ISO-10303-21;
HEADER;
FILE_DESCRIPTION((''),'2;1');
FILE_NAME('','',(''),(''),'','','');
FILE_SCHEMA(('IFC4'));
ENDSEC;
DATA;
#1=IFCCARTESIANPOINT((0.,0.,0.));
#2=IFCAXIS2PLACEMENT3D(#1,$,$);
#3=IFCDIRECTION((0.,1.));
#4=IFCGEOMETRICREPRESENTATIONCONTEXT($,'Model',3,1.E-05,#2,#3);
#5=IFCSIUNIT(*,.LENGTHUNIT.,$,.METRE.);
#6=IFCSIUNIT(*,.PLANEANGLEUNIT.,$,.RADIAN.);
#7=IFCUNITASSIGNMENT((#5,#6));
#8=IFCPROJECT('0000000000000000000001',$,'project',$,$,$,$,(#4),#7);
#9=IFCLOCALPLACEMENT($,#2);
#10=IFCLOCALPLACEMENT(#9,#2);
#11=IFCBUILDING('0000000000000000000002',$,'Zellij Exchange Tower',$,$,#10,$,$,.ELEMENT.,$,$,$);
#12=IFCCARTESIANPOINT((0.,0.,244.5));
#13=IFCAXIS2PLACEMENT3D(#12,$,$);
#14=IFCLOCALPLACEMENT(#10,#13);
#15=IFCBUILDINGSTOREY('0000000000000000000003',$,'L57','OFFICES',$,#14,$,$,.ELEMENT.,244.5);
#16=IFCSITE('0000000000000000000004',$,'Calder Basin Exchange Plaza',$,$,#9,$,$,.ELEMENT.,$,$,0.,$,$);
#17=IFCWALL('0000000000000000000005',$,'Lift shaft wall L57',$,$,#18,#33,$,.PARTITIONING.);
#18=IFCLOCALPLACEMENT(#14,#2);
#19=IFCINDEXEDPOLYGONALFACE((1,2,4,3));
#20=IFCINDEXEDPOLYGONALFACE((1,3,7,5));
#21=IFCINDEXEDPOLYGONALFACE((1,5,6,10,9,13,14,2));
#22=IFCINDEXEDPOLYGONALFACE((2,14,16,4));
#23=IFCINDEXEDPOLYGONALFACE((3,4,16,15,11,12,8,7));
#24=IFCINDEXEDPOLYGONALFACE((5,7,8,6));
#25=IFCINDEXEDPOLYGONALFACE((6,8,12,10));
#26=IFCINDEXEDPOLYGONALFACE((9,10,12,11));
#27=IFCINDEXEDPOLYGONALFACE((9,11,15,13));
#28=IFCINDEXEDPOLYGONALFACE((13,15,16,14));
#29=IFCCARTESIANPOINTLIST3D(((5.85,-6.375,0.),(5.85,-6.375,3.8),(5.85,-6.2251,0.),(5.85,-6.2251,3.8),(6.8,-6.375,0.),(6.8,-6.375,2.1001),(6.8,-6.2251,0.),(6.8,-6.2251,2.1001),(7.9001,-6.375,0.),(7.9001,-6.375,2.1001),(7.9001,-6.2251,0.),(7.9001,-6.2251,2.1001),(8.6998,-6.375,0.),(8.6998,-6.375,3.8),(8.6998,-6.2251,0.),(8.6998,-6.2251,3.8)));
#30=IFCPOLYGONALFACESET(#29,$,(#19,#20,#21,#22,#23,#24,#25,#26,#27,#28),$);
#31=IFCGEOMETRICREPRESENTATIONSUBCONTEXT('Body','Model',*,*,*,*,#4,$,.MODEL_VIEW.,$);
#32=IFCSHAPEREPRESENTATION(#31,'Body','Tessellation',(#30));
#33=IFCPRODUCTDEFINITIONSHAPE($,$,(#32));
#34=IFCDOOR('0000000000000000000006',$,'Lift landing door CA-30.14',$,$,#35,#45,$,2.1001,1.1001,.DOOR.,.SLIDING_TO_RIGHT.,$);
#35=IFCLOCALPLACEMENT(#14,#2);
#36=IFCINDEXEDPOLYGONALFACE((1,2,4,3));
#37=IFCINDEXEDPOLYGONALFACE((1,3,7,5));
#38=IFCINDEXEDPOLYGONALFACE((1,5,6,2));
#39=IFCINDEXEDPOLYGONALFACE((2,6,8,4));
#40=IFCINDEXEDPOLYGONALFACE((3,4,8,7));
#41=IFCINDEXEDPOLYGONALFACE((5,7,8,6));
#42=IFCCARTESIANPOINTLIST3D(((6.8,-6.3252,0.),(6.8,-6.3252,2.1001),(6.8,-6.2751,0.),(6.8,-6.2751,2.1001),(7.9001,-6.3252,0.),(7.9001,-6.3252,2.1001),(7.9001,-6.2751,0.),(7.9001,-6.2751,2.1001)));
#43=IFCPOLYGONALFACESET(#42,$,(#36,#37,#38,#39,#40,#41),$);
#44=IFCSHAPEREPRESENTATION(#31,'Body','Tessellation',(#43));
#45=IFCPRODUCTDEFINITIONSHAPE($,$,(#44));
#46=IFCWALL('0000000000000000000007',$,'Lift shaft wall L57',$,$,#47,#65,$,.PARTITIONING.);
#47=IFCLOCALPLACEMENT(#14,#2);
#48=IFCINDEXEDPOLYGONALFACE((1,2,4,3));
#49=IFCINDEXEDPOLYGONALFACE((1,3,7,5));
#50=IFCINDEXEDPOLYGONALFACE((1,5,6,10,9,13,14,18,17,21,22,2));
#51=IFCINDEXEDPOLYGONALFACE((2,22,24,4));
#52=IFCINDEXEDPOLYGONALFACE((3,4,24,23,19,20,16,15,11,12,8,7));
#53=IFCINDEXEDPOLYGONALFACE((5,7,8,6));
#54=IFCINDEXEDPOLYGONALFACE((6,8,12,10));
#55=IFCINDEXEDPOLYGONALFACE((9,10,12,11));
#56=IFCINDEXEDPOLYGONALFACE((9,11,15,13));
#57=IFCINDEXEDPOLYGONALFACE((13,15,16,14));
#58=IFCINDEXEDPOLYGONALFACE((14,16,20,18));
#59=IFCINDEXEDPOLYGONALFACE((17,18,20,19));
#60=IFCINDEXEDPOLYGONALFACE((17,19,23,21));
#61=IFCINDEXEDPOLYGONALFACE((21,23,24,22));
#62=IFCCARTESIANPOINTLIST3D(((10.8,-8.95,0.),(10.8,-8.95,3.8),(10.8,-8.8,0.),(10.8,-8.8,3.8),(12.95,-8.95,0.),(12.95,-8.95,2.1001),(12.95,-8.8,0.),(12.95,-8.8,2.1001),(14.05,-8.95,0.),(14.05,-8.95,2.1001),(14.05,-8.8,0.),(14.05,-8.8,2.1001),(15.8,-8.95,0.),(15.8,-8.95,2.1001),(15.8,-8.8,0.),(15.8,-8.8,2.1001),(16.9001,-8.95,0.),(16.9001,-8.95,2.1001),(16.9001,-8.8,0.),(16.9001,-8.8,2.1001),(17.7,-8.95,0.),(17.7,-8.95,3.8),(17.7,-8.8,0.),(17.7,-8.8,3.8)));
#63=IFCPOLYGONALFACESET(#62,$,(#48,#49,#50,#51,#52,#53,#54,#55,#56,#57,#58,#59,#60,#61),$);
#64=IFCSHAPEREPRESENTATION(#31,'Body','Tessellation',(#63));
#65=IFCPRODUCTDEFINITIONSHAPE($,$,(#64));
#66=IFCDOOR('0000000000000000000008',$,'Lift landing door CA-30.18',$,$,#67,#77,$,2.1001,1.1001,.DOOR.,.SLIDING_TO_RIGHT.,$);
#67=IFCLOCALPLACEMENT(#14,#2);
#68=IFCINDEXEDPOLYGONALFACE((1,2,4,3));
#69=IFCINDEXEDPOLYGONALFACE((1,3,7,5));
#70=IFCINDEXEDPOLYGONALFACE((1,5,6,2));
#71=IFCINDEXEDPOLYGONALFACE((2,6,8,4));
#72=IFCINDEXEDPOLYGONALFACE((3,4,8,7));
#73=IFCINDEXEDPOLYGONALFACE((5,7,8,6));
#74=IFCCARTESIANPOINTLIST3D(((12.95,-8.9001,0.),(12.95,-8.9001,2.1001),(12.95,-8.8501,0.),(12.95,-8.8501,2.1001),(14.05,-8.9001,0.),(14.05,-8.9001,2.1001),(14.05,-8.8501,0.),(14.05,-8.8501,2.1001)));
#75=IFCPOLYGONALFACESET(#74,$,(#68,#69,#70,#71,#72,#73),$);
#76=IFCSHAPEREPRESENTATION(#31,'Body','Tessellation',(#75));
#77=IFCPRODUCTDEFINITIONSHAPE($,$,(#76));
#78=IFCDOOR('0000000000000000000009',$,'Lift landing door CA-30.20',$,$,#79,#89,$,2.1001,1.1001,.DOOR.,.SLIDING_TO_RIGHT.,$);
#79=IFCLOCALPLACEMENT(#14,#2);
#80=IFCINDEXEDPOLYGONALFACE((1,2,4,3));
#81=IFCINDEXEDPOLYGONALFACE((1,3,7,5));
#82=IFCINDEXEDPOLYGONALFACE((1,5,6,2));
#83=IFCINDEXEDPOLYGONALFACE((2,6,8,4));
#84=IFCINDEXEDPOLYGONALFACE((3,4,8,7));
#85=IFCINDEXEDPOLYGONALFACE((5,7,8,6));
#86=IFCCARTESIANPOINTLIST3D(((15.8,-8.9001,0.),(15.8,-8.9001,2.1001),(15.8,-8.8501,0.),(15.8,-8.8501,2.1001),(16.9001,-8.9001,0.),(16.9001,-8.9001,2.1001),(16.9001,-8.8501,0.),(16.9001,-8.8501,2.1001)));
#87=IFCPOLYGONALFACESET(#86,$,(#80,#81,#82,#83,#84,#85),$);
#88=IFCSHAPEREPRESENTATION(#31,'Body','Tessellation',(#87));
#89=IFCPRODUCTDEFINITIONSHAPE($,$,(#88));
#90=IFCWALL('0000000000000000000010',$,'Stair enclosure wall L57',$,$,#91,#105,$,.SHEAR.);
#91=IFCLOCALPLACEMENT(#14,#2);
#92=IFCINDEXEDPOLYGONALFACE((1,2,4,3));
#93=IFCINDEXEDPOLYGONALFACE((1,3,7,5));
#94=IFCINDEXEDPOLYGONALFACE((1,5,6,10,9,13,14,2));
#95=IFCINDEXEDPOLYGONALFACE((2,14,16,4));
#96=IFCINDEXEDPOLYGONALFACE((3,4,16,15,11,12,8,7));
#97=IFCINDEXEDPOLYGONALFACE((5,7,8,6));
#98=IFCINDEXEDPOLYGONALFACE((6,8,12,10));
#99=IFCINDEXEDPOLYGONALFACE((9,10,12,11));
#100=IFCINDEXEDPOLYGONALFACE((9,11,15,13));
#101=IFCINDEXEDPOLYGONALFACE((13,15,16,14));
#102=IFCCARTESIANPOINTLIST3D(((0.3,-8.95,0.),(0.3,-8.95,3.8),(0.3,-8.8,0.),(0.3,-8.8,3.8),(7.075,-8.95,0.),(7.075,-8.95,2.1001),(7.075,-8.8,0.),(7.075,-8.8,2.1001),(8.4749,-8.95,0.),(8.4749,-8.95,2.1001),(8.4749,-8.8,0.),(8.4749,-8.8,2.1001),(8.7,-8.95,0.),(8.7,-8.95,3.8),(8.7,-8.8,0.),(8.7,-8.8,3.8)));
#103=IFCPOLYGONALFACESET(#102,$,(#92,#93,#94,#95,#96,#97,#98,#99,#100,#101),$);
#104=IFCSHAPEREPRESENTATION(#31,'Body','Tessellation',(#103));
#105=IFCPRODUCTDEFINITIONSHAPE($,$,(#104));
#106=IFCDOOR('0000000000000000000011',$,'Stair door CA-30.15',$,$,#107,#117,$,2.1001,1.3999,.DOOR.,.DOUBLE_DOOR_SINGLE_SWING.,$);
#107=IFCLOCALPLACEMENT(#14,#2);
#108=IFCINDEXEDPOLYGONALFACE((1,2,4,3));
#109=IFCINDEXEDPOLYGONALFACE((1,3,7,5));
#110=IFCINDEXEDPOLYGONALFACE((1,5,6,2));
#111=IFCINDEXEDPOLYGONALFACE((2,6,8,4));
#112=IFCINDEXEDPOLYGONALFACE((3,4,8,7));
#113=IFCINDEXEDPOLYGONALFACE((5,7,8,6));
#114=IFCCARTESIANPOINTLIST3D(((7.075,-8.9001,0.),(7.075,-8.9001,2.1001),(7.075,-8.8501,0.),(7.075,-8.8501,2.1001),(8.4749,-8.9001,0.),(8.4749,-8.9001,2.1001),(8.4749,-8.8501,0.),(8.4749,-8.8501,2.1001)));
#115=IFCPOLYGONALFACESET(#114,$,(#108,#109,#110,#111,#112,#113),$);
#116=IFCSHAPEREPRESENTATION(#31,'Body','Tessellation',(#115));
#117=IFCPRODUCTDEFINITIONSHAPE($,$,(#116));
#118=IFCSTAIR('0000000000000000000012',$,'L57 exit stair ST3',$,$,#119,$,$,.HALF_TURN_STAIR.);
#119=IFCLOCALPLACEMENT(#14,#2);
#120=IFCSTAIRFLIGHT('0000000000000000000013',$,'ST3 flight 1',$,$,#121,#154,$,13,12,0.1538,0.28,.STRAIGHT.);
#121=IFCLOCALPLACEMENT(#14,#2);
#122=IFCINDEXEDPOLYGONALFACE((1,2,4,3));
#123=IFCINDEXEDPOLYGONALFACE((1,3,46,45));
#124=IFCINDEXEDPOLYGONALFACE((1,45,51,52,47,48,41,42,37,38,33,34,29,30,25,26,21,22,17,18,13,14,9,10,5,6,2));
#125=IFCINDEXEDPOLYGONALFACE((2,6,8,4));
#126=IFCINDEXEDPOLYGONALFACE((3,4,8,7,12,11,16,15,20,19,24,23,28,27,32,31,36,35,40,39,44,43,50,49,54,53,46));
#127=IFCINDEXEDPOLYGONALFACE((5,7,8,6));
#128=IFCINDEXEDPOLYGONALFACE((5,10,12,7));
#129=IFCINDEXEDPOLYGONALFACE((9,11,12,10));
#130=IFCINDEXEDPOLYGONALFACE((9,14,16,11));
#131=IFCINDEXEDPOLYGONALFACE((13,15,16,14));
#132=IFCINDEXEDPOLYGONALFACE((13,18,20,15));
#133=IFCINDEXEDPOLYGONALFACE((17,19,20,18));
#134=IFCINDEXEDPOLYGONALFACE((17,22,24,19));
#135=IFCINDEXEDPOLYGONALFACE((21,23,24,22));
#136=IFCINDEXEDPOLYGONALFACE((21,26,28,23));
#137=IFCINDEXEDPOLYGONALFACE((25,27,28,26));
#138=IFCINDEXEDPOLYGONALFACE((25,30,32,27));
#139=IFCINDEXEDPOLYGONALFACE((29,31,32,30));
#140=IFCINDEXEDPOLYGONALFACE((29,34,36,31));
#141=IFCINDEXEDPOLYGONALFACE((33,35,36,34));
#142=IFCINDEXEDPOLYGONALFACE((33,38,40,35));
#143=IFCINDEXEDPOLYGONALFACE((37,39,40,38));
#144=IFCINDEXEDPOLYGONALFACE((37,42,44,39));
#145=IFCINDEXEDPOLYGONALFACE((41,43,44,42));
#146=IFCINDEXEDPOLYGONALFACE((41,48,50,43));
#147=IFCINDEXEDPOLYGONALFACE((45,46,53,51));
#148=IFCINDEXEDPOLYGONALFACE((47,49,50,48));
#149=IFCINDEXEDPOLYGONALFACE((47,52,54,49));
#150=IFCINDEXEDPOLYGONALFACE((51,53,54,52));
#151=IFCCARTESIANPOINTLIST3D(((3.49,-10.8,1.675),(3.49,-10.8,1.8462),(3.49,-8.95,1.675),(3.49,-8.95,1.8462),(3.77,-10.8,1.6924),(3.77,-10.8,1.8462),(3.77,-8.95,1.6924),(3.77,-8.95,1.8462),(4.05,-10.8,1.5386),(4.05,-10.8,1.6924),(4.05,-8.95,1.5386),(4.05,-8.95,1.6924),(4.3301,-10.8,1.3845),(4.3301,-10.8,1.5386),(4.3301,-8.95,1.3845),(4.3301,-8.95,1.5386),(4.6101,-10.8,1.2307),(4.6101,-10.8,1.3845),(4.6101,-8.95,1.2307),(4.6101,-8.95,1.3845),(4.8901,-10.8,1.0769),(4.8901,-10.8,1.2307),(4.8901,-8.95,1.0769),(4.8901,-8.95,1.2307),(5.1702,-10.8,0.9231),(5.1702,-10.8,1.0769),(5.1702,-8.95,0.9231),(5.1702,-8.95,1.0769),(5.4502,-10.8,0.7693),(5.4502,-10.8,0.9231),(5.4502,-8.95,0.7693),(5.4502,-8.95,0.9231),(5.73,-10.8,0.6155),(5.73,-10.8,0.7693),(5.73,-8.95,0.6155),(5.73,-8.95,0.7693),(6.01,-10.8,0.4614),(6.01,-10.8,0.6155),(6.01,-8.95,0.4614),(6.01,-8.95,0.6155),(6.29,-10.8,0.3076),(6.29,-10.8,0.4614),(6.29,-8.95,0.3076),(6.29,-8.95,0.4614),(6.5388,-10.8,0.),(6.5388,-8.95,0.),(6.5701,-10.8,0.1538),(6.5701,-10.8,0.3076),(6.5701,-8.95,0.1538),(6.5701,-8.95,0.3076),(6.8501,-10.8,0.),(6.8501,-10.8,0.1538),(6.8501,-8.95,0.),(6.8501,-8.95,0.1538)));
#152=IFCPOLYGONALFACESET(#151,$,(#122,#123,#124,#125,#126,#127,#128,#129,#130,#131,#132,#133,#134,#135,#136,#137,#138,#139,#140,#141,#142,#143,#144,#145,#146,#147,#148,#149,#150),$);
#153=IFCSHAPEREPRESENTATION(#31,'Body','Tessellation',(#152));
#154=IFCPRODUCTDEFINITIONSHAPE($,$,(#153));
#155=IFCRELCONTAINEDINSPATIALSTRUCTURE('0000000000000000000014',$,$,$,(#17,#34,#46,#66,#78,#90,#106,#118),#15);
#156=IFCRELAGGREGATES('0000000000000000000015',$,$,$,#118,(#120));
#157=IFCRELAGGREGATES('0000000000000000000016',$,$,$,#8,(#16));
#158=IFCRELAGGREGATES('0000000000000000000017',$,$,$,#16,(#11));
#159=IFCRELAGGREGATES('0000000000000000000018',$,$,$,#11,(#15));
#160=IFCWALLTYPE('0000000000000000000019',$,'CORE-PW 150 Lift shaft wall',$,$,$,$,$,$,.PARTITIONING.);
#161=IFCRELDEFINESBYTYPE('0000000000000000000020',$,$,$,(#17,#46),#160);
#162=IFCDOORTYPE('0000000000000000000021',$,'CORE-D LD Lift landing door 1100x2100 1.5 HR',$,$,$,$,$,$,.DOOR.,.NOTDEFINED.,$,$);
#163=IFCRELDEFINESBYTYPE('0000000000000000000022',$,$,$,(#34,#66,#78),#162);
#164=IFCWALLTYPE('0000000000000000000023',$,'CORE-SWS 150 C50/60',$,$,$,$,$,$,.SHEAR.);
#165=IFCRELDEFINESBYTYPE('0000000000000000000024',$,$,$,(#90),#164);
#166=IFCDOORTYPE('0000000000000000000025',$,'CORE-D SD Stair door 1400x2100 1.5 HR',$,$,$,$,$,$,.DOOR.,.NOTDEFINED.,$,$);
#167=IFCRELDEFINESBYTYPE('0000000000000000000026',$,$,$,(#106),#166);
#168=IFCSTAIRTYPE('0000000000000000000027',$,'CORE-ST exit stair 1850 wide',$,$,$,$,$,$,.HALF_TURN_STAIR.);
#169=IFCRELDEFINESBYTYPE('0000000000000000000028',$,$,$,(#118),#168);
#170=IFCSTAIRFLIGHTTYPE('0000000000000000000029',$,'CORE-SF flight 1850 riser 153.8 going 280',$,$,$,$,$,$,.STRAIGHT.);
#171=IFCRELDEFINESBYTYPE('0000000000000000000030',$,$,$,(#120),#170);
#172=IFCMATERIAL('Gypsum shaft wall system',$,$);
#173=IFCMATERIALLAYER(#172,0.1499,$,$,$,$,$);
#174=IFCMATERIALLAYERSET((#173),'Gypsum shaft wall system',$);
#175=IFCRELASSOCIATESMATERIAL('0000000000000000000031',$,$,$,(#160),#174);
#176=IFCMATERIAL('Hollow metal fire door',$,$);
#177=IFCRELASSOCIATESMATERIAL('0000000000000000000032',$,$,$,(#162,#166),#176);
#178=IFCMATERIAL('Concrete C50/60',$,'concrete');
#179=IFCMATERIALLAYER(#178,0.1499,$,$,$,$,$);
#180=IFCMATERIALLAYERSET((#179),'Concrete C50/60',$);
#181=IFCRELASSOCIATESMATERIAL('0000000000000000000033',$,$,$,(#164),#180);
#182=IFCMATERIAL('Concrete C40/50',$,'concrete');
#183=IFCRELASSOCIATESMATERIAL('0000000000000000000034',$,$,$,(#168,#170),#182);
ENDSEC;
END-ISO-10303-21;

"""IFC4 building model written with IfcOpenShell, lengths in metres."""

from ifc_helpers import new_model, si_unit, direction, frame, frame_2d, origin, place, context, subcontext, project, spatial, polyline, rectangle, outline, extrude, material, layer, layer_set, type_object, element, fill, aggregate, save


model = new_model("IFC4")

# Units and contexts
model_context = context("Model", 3, precision=1e-05, world=origin(), true_north=direction((0.0, 1.0)))
body_context = subcontext(model_context, "Body", "Model", "MODEL_VIEW")
ifc_project = project(units=[si_unit("LENGTHUNIT", "METRE"), si_unit("PLANEANGLEUNIT", "RADIAN")], contexts=[model_context])

# Site, building, storey
site_placement = place(None, origin())
site = spatial("IfcSite", under=ifc_project, at=site_placement, Name="Calder Basin Exchange Plaza", CompositionType="ELEMENT", RefElevation=0.0)
building_placement = place(site_placement, origin())
building = spatial("IfcBuilding", under=site, at=building_placement, Name="Zellij Exchange Tower", CompositionType="ELEMENT")
storey_placement = place(building_placement, frame((0.0, 0.0, 244.5)))
storey = spatial("IfcBuildingStorey", under=building, at=storey_placement, Name="L57", Description="OFFICES", CompositionType="ELEMENT", Elevation=244.5)

# Shared definitions
ifc_material_1 = material(Name="Concrete C50/60", Category="concrete")

# Shared definitions
ifc_material_2 = material(Name="Gypsum shaft wall system")
ifc_material_3 = material(Name="Hollow metal fire door")

# Shared definitions
ifc_layer_1 = layer(ifc_material_2, 0.1499)
ifc_layer_set_1 = layer_set([ifc_layer_1], Name="Gypsum shaft wall system")
wall_type_1 = type_object("IfcWallType", Name="CORE-PW 150 Lift shaft wall", PredefinedType="PARTITIONING", material=ifc_layer_set_1)

# Wall, opening, door
door_type_1 = type_object("IfcDoorType", Name="CORE-D LD Lift landing door 1100x2100 1.5 HR", OperationType="NOTDEFINED", PredefinedType="DOOR", material=ifc_material_3)
wall_1_placement = place(storey_placement, frame((5.8501, -6.3, 0.0), z_axis=(0.0, 0.0, 1.0), x_axis=(1.0, 0.0, 0.0)))
wall_1 = element("IfcWall", 1, at=wall_1_placement, inside=storey, type_object=wall_type_1, Name="Lift shaft wall L57", PredefinedType="PARTITIONING", context=body_context, shape_type="SweptSolid", body=[
    extrude(rectangle(XDim=2.8499, YDim=0.1499, at=frame_2d((1.4248, 0.0))), origin(), (0.0, 0.0, 1.0), 3.8),
])
opening_1_placement = place(wall_1_placement, frame((0.95, 0.0, 0.0)))
opening_1 = element("IfcOpeningElement", 2, at=opening_1_placement, cuts=wall_1, PredefinedType="OPENING", context=body_context, shape_type="SweptSolid", body=[
    extrude(rectangle(XDim=1.1001, YDim=2.1001, at=frame_2d((0.55, 1.05))), frame((0.0, 0.0869, 0.0), z_axis=(0.0, -1.0, 0.0), x_axis=(1.0, 0.0, 0.0)), (0.0, 0.0, 1.0), 0.1738),
])
door_1_placement = place(opening_1_placement, origin())
door_1 = element("IfcDoor", 3, at=door_1_placement, inside=storey, type_object=door_type_1, Name="Lift landing door CA-30.14", OperationType="SLIDING_TO_RIGHT", OverallHeight=2.1001, OverallWidth=1.1001, PredefinedType="DOOR", context=body_context, shape_type="SweptSolid", body=[
    extrude(rectangle(XDim=1.1001, YDim=2.1001, at=frame_2d((0.55, 1.05))), frame((0.0, 0.0249, 0.0), z_axis=(0.0, -1.0, 0.0), x_axis=(1.0, 0.0, 0.0)), (0.0, 0.0, 1.0), 0.05),
])
fill(opening_1, door_1)

# Wall, openings, doors
wall_2_placement = place(storey_placement, frame((10.8, -8.875, 0.0), z_axis=(0.0, 0.0, 1.0), x_axis=(1.0, 0.0, 0.0)))
wall_2 = element("IfcWall", 4, at=wall_2_placement, inside=storey, type_object=wall_type_1, Name="Lift shaft wall L57", PredefinedType="PARTITIONING", context=body_context, shape_type="SweptSolid", body=[
    extrude(rectangle(XDim=6.8999, YDim=0.1499, at=frame_2d((3.45, 0.0))), origin(), (0.0, 0.0, 1.0), 3.8),
])
opening_2_placement = place(wall_2_placement, frame((2.1499, 0.0, 0.0)))
opening_2 = element("IfcOpeningElement", 5, at=opening_2_placement, cuts=wall_2, PredefinedType="OPENING", context=body_context, shape_type="SweptSolid", body=[
    extrude(rectangle(XDim=1.1001, YDim=2.1001, at=frame_2d((0.55, 1.05))), frame((0.0, 0.0869, 0.0), z_axis=(0.0, -1.0, 0.0), x_axis=(1.0, 0.0, 0.0)), (0.0, 0.0, 1.0), 0.1738),
])
opening_3_placement = place(wall_2_placement, frame((5.0, 0.0, 0.0)))
opening_3 = element("IfcOpeningElement", 6, at=opening_3_placement, cuts=wall_2, PredefinedType="OPENING", context=body_context, shape_type="SweptSolid", body=[
    extrude(rectangle(XDim=1.1001, YDim=2.1001, at=frame_2d((0.55, 1.05))), frame((0.0, 0.0869, 0.0), z_axis=(0.0, -1.0, 0.0), x_axis=(1.0, 0.0, 0.0)), (0.0, 0.0, 1.0), 0.1738),
])
door_2_placement = place(opening_2_placement, origin())
door_2 = element("IfcDoor", 7, at=door_2_placement, inside=storey, type_object=door_type_1, Name="Lift landing door CA-30.18", OperationType="SLIDING_TO_RIGHT", OverallHeight=2.1001, OverallWidth=1.1001, PredefinedType="DOOR", context=body_context, shape_type="SweptSolid", body=[
    extrude(rectangle(XDim=1.1001, YDim=2.1001, at=frame_2d((0.55, 1.05))), frame((0.0, 0.0249, 0.0), z_axis=(0.0, -1.0, 0.0), x_axis=(1.0, 0.0, 0.0)), (0.0, 0.0, 1.0), 0.05),
])
fill(opening_2, door_2)
door_3_placement = place(opening_3_placement, origin())
door_3 = element("IfcDoor", 8, at=door_3_placement, inside=storey, type_object=door_type_1, Name="Lift landing door CA-30.20", OperationType="SLIDING_TO_RIGHT", OverallHeight=2.1001, OverallWidth=1.1001, PredefinedType="DOOR", context=body_context, shape_type="SweptSolid", body=[
    extrude(rectangle(XDim=1.1001, YDim=2.1001, at=frame_2d((0.55, 1.05))), frame((0.0, 0.0249, 0.0), z_axis=(0.0, -1.0, 0.0), x_axis=(1.0, 0.0, 0.0)), (0.0, 0.0, 1.0), 0.05),
])
fill(opening_3, door_3)

# Wall, opening, door
ifc_layer_2 = layer(ifc_material_1, 0.1499)
ifc_layer_set_2 = layer_set([ifc_layer_2], Name="Concrete C50/60")
wall_type_2 = type_object("IfcWallType", Name="CORE-SWS 150 C50/60", PredefinedType="SHEAR", material=ifc_layer_set_2)
wall_3_placement = place(storey_placement, frame((0.3, -8.875, 0.0), z_axis=(0.0, 0.0, 1.0), x_axis=(1.0, 0.0, 0.0)))
wall_3 = element("IfcWall", 9, at=wall_3_placement, inside=storey, type_object=wall_type_2, Name="Stair enclosure wall L57", PredefinedType="SHEAR", context=body_context, shape_type="SweptSolid", body=[
    extrude(rectangle(XDim=8.3999, YDim=0.1499, at=frame_2d((4.2, 0.0))), origin(), (0.0, 0.0, 1.0), 3.8),
])
opening_4_placement = place(wall_3_placement, frame((6.7749, 0.0, 0.0)))
opening_4 = element("IfcOpeningElement", 10, at=opening_4_placement, cuts=wall_3, PredefinedType="OPENING", context=body_context, shape_type="SweptSolid", body=[
    extrude(rectangle(XDim=1.3999, YDim=2.1001, at=frame_2d((0.7, 1.05))), frame((0.0, 0.0869, 0.0), z_axis=(0.0, -1.0, 0.0), x_axis=(1.0, 0.0, 0.0)), (0.0, 0.0, 1.0), 0.1738),
])
door_type_2 = type_object("IfcDoorType", Name="CORE-D SD Stair door 1400x2100 1.5 HR", OperationType="NOTDEFINED", PredefinedType="DOOR", material=ifc_material_3)
door_4_placement = place(opening_4_placement, origin())
door_4 = element("IfcDoor", 11, at=door_4_placement, inside=storey, type_object=door_type_2, Name="Stair door CA-30.15", OperationType="DOUBLE_DOOR_SINGLE_SWING", OverallHeight=2.1001, OverallWidth=1.3999, PredefinedType="DOOR", context=body_context, shape_type="SweptSolid", body=[
    extrude(rectangle(XDim=1.3999, YDim=2.1001, at=frame_2d((0.7, 1.05))), frame((0.0, 0.0249, 0.0), z_axis=(0.0, -1.0, 0.0), x_axis=(1.0, 0.0, 0.0)), (0.0, 0.0, 1.0), 0.05),
])
fill(opening_4, door_4)

# Stair, stair flight
ifc_material_4 = material(Name="Concrete C40/50", Category="concrete")
stair_type = type_object("IfcStairType", Name="CORE-ST exit stair 1850 wide", PredefinedType="HALF_TURN_STAIR", material=ifc_material_4)
stair_placement = place(storey_placement, origin())
stair = element("IfcStair", 12, at=stair_placement, inside=storey, type_object=stair_type, Name="L57 exit stair ST3", PredefinedType="HALF_TURN_STAIR")
stair_flight_type = type_object("IfcStairFlightType", Name="CORE-SF flight 1850 riser 153.8 going 280", PredefinedType="STRAIGHT", material=ifc_material_4)
stair_flight_1_placement = place(storey_placement, frame((6.8501, -9.875, 0.0), z_axis=(0.0, 0.0, 1.0), x_axis=(-1.0, 0.0, 0.0)))
stair_flight_1 = element("IfcStairFlight", 13, at=stair_flight_1_placement, type_object=stair_flight_type, Name="ST3 flight 1", NumberOfRisers=13, NumberOfTreads=12, PredefinedType="STRAIGHT", RiserHeight=0.1538, TreadLength=0.28, context=body_context, shape_type="SweptSolid", body=[
    extrude(outline(polyline([(0.0, 0.0), (0.0, 0.1538), (0.28, 0.1538), (0.28, 0.3076), (0.5601, 0.3076), (0.5601, 0.4614), (0.8401, 0.4614), (0.8401, 0.6155), (1.1201, 0.6155), (1.1201, 0.7693), (1.3999, 0.7693), (1.3999, 0.9231), (1.6799, 0.9231), (1.6799, 1.0769), (1.96, 1.0769), (1.96, 1.2307), (2.24, 1.2307), (2.24, 1.3845), (2.52, 1.3845), (2.52, 1.5386), (2.8, 1.5386), (2.8, 1.6924), (3.0801, 1.6924), (3.0801, 1.8462), (3.3601, 1.8462), (3.3601, 2.0), (3.3601, 1.675), (0.3113, 0.0), (0.0, 0.0)])), frame((0.0, 0.925, 0.0), z_axis=(0.0, -1.0, 0.0), x_axis=(1.0, 0.0, 0.0)), (0.0, 0.0, 1.0), 1.8501),
])
aggregate(stair, [stair_flight_1])

save(model, "model.ifc")
